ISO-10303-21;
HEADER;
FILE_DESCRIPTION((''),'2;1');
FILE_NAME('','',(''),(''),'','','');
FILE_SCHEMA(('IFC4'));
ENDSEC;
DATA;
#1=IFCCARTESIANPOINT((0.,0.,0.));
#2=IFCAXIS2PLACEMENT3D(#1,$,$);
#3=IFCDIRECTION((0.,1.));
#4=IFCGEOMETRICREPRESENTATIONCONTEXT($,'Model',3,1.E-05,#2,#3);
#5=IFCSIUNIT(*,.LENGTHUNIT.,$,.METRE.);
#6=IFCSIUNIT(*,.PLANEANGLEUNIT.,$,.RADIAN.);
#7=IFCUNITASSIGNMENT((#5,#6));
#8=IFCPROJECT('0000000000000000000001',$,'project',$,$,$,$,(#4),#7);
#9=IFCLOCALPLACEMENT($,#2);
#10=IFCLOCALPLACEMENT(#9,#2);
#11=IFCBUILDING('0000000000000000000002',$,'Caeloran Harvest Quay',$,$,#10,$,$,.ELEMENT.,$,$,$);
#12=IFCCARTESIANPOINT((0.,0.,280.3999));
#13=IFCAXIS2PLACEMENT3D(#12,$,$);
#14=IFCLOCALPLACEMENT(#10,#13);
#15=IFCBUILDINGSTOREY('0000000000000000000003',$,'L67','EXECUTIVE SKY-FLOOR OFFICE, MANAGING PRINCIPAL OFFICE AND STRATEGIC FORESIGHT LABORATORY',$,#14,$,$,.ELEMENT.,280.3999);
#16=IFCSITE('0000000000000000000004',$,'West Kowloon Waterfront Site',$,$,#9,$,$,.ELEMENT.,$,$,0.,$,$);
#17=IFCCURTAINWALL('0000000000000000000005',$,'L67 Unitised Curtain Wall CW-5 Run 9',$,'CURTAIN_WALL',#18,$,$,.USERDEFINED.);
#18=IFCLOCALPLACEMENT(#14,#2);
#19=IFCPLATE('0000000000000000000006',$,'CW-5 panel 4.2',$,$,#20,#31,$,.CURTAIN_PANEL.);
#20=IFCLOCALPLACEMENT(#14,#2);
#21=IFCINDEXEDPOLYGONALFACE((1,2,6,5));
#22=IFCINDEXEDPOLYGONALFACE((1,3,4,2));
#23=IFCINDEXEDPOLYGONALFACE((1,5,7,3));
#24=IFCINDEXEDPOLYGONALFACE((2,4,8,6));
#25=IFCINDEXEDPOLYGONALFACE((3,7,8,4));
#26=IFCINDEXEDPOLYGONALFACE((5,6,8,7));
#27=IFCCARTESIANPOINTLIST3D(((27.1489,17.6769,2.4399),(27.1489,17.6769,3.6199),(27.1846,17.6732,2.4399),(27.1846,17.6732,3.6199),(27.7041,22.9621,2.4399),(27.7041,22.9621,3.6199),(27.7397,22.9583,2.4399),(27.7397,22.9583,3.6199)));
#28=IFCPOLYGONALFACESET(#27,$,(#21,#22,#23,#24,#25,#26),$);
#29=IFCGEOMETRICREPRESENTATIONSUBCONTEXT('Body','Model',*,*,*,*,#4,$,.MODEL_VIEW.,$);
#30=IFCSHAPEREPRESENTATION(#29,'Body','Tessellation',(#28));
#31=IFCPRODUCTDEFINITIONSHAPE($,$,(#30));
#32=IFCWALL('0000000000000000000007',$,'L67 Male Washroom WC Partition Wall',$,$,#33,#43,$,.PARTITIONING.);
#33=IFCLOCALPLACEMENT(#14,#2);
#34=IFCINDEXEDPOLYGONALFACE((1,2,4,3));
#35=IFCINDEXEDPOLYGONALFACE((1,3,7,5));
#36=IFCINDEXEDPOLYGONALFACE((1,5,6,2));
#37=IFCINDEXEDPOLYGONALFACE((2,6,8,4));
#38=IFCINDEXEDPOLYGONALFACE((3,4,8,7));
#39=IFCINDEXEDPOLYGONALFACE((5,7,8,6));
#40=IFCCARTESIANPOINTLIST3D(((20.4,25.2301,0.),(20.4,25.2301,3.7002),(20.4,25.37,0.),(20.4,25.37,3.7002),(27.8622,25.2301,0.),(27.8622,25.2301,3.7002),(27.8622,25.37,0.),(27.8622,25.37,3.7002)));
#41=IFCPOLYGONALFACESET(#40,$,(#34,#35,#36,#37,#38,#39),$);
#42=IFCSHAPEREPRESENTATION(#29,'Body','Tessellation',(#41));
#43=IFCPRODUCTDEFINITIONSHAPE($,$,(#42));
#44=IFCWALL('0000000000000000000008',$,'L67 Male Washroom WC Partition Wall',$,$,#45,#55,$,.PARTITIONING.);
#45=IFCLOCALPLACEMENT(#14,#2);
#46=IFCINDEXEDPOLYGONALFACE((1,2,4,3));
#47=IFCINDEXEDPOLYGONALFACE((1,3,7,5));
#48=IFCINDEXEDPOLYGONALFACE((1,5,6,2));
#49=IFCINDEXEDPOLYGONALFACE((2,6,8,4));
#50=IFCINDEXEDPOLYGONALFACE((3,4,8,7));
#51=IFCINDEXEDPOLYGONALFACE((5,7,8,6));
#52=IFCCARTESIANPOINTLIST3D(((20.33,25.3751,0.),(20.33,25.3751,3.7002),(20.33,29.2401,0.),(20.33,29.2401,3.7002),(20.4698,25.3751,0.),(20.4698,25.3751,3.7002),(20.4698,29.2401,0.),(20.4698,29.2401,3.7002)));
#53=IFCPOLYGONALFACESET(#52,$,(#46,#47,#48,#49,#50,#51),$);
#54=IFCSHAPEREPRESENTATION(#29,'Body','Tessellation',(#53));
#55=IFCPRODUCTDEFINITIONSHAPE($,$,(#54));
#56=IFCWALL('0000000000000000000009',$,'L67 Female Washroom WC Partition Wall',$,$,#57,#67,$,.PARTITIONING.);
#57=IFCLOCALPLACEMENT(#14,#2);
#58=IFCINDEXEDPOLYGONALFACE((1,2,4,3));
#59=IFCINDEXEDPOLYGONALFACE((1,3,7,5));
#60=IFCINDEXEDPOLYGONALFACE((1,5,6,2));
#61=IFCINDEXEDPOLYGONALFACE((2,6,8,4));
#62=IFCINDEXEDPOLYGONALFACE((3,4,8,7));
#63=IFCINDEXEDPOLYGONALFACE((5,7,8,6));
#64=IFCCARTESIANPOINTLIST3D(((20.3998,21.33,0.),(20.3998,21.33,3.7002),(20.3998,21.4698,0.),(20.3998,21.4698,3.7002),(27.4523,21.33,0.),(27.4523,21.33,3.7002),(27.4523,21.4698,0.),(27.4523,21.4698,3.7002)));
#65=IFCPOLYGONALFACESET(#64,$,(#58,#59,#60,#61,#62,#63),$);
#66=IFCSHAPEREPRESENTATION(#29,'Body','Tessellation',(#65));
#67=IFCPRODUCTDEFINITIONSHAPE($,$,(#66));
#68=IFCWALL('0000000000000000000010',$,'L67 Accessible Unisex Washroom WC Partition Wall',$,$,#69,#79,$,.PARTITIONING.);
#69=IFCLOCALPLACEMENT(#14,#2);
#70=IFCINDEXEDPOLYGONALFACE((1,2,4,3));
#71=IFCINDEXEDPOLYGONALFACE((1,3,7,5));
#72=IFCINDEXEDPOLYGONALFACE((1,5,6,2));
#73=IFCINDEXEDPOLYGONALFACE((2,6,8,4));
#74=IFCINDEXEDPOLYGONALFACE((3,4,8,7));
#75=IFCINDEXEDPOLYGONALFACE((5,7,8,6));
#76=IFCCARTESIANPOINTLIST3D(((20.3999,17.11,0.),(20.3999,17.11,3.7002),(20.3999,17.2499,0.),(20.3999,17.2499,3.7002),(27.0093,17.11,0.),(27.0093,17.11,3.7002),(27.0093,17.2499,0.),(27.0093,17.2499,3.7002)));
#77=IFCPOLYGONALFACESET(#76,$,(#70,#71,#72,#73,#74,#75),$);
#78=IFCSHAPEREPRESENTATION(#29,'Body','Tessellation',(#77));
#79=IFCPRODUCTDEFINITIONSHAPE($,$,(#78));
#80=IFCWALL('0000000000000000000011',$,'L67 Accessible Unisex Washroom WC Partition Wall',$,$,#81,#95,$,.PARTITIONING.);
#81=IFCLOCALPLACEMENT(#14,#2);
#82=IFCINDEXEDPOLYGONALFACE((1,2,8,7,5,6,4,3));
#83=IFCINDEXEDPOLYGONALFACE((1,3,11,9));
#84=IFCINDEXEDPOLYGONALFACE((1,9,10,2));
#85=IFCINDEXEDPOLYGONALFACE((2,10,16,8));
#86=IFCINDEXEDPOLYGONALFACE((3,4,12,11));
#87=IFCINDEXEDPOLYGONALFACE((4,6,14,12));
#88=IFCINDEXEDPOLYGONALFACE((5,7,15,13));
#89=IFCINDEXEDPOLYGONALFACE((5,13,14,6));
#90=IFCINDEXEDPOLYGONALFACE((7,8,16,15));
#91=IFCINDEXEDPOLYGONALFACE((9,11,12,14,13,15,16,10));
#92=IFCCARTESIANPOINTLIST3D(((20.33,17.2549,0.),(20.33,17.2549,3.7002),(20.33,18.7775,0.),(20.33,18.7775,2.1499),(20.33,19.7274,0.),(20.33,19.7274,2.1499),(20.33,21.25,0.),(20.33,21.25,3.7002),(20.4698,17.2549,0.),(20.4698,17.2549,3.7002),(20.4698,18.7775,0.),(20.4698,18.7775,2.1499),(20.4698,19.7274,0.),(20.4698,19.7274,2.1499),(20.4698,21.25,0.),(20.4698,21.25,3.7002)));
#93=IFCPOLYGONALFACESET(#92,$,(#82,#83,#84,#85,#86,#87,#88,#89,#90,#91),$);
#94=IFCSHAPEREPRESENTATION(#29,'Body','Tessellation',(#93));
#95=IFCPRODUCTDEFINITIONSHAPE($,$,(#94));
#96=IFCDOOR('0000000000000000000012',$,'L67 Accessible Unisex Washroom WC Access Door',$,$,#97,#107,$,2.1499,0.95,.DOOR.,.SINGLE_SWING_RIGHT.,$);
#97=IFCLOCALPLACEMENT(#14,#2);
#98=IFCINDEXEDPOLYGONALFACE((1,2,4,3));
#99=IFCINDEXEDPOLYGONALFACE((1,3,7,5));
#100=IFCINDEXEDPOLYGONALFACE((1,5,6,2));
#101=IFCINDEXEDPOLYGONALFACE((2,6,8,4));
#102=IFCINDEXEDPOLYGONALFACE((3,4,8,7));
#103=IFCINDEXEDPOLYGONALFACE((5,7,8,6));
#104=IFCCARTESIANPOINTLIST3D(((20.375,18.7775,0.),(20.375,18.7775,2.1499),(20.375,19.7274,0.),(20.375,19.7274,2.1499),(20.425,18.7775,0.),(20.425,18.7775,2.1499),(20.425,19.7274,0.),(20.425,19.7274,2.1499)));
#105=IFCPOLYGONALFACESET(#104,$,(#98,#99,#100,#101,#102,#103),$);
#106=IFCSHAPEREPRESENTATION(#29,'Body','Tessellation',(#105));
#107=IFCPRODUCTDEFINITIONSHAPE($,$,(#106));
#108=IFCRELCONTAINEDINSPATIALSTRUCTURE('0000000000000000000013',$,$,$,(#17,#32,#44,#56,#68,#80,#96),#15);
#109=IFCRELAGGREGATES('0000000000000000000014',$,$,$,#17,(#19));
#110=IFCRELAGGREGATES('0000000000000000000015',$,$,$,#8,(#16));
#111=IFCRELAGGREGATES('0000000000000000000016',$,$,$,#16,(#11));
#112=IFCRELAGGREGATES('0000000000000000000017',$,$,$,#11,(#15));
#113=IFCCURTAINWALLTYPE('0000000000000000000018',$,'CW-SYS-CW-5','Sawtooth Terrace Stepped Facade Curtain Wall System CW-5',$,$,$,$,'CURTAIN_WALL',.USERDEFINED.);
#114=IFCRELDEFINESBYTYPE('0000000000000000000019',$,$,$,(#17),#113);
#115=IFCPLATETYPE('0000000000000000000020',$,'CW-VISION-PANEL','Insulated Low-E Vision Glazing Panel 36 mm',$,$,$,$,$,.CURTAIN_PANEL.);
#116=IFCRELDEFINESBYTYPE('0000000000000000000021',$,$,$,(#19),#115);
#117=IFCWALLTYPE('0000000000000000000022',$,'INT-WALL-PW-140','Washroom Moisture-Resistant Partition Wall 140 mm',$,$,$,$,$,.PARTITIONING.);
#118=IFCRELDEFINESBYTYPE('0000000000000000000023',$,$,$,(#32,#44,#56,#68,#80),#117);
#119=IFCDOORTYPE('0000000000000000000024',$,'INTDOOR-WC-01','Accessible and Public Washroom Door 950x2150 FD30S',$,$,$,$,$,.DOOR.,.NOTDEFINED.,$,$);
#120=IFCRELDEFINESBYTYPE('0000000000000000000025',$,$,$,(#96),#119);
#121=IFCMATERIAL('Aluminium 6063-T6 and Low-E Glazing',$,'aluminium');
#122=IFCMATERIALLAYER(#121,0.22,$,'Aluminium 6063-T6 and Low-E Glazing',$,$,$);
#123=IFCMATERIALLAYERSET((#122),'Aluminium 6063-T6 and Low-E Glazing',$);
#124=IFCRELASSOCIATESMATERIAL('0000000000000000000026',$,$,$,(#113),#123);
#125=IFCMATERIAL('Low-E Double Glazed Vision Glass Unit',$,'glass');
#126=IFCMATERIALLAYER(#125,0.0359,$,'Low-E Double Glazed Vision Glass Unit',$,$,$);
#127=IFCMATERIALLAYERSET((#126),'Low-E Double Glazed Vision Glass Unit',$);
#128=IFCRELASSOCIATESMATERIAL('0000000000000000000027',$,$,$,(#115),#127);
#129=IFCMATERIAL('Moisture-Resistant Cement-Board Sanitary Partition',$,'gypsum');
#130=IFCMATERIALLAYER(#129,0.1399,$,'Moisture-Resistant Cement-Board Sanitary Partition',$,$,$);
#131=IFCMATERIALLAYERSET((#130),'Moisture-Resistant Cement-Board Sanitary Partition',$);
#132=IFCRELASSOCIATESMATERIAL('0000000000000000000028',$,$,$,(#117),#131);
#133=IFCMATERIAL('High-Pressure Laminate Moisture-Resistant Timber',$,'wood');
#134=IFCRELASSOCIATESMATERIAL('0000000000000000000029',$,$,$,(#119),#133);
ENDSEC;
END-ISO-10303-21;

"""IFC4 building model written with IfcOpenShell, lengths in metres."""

from ifc_helpers import new_model, si_unit, direction, frame, frame_2d, origin, origin_2d, place, context, subcontext, project, spatial, rectangle, extrude, material, layer, layer_set, type_object, element, fill, aggregate, save


model = new_model("IFC4")

# Units and contexts
model_context = context("Model", 3, precision=1e-05, world=origin(), true_north=direction((0.0, 1.0)))
body_context = subcontext(model_context, "Body", "Model", "MODEL_VIEW")
ifc_project = project(units=[si_unit("LENGTHUNIT", "METRE"), si_unit("PLANEANGLEUNIT", "RADIAN")], contexts=[model_context])

# Site, building, storey
site_placement = place(None, origin())
site = spatial("IfcSite", under=ifc_project, at=site_placement, Name="West Kowloon Waterfront Site", CompositionType="ELEMENT", RefElevation=0.0)
building_placement = place(site_placement, origin())
building = spatial("IfcBuilding", under=site, at=building_placement, Name="Caeloran Harvest Quay", CompositionType="ELEMENT")
storey_placement = place(building_placement, frame((0.0, 0.0, 280.3999)))
storey = spatial("IfcBuildingStorey", under=building, at=storey_placement, Name="L67", Description="EXECUTIVE SKY-FLOOR OFFICE, MANAGING PRINCIPAL OFFICE AND STRATEGIC FORESIGHT LABORATORY", CompositionType="ELEMENT", Elevation=280.3999)

# Curtain wall, plate
ifc_material_1 = material(Name="Aluminium 6063-T6 and Low-E Glazing", Category="aluminium")
ifc_layer_1 = layer(ifc_material_1, 0.22, Name="Aluminium 6063-T6 and Low-E Glazing")
ifc_layer_set_1 = layer_set([ifc_layer_1], Name="Aluminium 6063-T6 and Low-E Glazing")
curtain_wall_type = type_object("IfcCurtainWallType", Name="CW-SYS-CW-5", Description="Sawtooth Terrace Stepped Facade Curtain Wall System CW-5", ElementType="CURTAIN_WALL", PredefinedType="USERDEFINED", material=ifc_layer_set_1)
curtain_wall_placement = place(storey_placement, origin())
curtain_wall = element("IfcCurtainWall", 1, at=curtain_wall_placement, inside=storey, type_object=curtain_wall_type, Name="L67 Unitised Curtain Wall CW-5 Run 9", ObjectType="CURTAIN_WALL", PredefinedType="USERDEFINED")
ifc_material_2 = material(Name="Low-E Double Glazed Vision Glass Unit", Category="glass")
ifc_layer_2 = layer(ifc_material_2, 0.0359, Name="Low-E Double Glazed Vision Glass Unit")
ifc_layer_set_2 = layer_set([ifc_layer_2], Name="Low-E Double Glazed Vision Glass Unit")
plate_type = type_object("IfcPlateType", Name="CW-VISION-PANEL", Description="Insulated Low-E Vision Glazing Panel 36 mm", PredefinedType="CURTAIN_PANEL", material=ifc_layer_set_2)
plate_1_placement = place(storey_placement, frame((27.4443, 20.3176, 2.4399), z_axis=(0.0, 0.0, 1.0), x_axis=(-0.10446, -0.994529, 0.0)))
plate_1 = element("IfcPlate", 2, at=plate_1_placement, type_object=plate_type, Name="CW-5 panel 4.2", PredefinedType="CURTAIN_PANEL", context=body_context, shape_type="SweptSolid", body=[
    extrude(rectangle(XDim=5.3142, YDim=0.0359, at=origin_2d()), origin(), (0.0, 0.0, 1.0), 1.1799),
])
aggregate(curtain_wall, [plate_1])

# Walls
ifc_material_3 = material(Name="Moisture-Resistant Cement-Board Sanitary Partition", Category="gypsum")
ifc_layer_3 = layer(ifc_material_3, 0.1399, Name="Moisture-Resistant Cement-Board Sanitary Partition")
ifc_layer_set_3 = layer_set([ifc_layer_3], Name="Moisture-Resistant Cement-Board Sanitary Partition")
wall_type = type_object("IfcWallType", Name="INT-WALL-PW-140", Description="Washroom Moisture-Resistant Partition Wall 140 mm", PredefinedType="PARTITIONING", material=ifc_layer_set_3)
wall_1_placement = place(storey_placement, frame((27.8621, 25.3, 0.0), z_axis=(0.0, 0.0, 1.0), x_axis=(-1.0, 0.0, 0.0)))
element("IfcWall", 3, at=wall_1_placement, inside=storey, type_object=wall_type, Name="L67 Male Washroom WC Partition Wall", PredefinedType="PARTITIONING", context=body_context, shape_type="SweptSolid", body=[
    extrude(rectangle(XDim=7.4622, YDim=0.1399, at=frame_2d((3.731, 0.0))), origin(), (0.0, 0.0, 1.0), 3.7002),
])
wall_2_placement = place(storey_placement, frame((20.3999, 25.375, 0.0), z_axis=(0.0, 0.0, 1.0), x_axis=(0.0, 1.0, 0.0)))
element("IfcWall", 4, at=wall_2_placement, inside=storey, type_object=wall_type, Name="L67 Male Washroom WC Partition Wall", PredefinedType="PARTITIONING", context=body_context, shape_type="SweptSolid", body=[
    extrude(rectangle(XDim=3.865, YDim=0.1399, at=frame_2d((1.9326, 0.0))), origin(), (0.0, 0.0, 1.0), 3.7002),
])
wall_3_placement = place(storey_placement, frame((27.4524, 21.3999, 0.0), z_axis=(0.0, 0.0, 1.0), x_axis=(-1.0, 0.0, 0.0)))
element("IfcWall", 5, at=wall_3_placement, inside=storey, type_object=wall_type, Name="L67 Female Washroom WC Partition Wall", PredefinedType="PARTITIONING", context=body_context, shape_type="SweptSolid", body=[
    extrude(rectangle(XDim=7.0525, YDim=0.1399, at=frame_2d((3.5264, 0.0))), origin(), (0.0, 0.0, 1.0), 3.7002),
])

# Shared definitions
ifc_material_4 = material(Name="High-Pressure Laminate Moisture-Resistant Timber", Category="wood")
door_type = type_object("IfcDoorType", Name="INTDOOR-WC-01", Description="Accessible and Public Washroom Door 950x2150 FD30S", OperationType="NOTDEFINED", PredefinedType="DOOR", material=ifc_material_4)

# Wall
wall_4_placement = place(storey_placement, frame((27.0093, 17.1799, 0.0), z_axis=(0.0, 0.0, 1.0), x_axis=(-1.0, 0.0, 0.0)))
element("IfcWall", 6, at=wall_4_placement, inside=storey, type_object=wall_type, Name="L67 Accessible Unisex Washroom WC Partition Wall", PredefinedType="PARTITIONING", context=body_context, shape_type="SweptSolid", body=[
    extrude(rectangle(XDim=6.6094, YDim=0.1399, at=frame_2d((3.3047, 0.0))), origin(), (0.0, 0.0, 1.0), 3.7002),
])

# Wall, opening, door
wall_5_placement = place(storey_placement, frame((20.3999, 17.2549, 0.0), z_axis=(0.0, 0.0, 1.0), x_axis=(0.0, 1.0, 0.0)))
wall_5 = element("IfcWall", 7, at=wall_5_placement, inside=storey, type_object=wall_type, Name="L67 Accessible Unisex Washroom WC Partition Wall", PredefinedType="PARTITIONING", context=body_context, shape_type="SweptSolid", body=[
    extrude(rectangle(XDim=3.9951, YDim=0.1399, at=frame_2d((1.9976, 0.0))), origin(), (0.0, 0.0, 1.0), 3.7002),
])
opening_1_placement = place(wall_5_placement, frame((1.5225, 0.0, 0.0)))
opening_1 = element("IfcOpeningElement", 8, at=opening_1_placement, cuts=wall_5, PredefinedType="OPENING", context=body_context, shape_type="SweptSolid", body=[
    extrude(rectangle(XDim=0.95, YDim=2.1499, at=frame_2d((0.4751, 1.075))), frame((0.0, 0.0801, 0.0), z_axis=(0.0, -1.0, 0.0), x_axis=(1.0, 0.0, 0.0)), (0.0, 0.0, 1.0), 0.1599),
])
door_1_placement = place(opening_1_placement, origin())
door_1 = element("IfcDoor", 9, at=door_1_placement, inside=storey, type_object=door_type, Name="L67 Accessible Unisex Washroom WC Access Door", OperationType="SINGLE_SWING_RIGHT", OverallHeight=2.1499, OverallWidth=0.95, PredefinedType="DOOR", context=body_context, shape_type="SweptSolid", body=[
    extrude(rectangle(XDim=0.95, YDim=2.1499, at=frame_2d((0.4751, 1.075))), frame((0.0, 0.0249, 0.0), z_axis=(0.0, -1.0, 0.0), x_axis=(1.0, 0.0, 0.0)), (0.0, 0.0, 1.0), 0.05),
])
fill(opening_1, door_1)

save(model, "model.ifc")
